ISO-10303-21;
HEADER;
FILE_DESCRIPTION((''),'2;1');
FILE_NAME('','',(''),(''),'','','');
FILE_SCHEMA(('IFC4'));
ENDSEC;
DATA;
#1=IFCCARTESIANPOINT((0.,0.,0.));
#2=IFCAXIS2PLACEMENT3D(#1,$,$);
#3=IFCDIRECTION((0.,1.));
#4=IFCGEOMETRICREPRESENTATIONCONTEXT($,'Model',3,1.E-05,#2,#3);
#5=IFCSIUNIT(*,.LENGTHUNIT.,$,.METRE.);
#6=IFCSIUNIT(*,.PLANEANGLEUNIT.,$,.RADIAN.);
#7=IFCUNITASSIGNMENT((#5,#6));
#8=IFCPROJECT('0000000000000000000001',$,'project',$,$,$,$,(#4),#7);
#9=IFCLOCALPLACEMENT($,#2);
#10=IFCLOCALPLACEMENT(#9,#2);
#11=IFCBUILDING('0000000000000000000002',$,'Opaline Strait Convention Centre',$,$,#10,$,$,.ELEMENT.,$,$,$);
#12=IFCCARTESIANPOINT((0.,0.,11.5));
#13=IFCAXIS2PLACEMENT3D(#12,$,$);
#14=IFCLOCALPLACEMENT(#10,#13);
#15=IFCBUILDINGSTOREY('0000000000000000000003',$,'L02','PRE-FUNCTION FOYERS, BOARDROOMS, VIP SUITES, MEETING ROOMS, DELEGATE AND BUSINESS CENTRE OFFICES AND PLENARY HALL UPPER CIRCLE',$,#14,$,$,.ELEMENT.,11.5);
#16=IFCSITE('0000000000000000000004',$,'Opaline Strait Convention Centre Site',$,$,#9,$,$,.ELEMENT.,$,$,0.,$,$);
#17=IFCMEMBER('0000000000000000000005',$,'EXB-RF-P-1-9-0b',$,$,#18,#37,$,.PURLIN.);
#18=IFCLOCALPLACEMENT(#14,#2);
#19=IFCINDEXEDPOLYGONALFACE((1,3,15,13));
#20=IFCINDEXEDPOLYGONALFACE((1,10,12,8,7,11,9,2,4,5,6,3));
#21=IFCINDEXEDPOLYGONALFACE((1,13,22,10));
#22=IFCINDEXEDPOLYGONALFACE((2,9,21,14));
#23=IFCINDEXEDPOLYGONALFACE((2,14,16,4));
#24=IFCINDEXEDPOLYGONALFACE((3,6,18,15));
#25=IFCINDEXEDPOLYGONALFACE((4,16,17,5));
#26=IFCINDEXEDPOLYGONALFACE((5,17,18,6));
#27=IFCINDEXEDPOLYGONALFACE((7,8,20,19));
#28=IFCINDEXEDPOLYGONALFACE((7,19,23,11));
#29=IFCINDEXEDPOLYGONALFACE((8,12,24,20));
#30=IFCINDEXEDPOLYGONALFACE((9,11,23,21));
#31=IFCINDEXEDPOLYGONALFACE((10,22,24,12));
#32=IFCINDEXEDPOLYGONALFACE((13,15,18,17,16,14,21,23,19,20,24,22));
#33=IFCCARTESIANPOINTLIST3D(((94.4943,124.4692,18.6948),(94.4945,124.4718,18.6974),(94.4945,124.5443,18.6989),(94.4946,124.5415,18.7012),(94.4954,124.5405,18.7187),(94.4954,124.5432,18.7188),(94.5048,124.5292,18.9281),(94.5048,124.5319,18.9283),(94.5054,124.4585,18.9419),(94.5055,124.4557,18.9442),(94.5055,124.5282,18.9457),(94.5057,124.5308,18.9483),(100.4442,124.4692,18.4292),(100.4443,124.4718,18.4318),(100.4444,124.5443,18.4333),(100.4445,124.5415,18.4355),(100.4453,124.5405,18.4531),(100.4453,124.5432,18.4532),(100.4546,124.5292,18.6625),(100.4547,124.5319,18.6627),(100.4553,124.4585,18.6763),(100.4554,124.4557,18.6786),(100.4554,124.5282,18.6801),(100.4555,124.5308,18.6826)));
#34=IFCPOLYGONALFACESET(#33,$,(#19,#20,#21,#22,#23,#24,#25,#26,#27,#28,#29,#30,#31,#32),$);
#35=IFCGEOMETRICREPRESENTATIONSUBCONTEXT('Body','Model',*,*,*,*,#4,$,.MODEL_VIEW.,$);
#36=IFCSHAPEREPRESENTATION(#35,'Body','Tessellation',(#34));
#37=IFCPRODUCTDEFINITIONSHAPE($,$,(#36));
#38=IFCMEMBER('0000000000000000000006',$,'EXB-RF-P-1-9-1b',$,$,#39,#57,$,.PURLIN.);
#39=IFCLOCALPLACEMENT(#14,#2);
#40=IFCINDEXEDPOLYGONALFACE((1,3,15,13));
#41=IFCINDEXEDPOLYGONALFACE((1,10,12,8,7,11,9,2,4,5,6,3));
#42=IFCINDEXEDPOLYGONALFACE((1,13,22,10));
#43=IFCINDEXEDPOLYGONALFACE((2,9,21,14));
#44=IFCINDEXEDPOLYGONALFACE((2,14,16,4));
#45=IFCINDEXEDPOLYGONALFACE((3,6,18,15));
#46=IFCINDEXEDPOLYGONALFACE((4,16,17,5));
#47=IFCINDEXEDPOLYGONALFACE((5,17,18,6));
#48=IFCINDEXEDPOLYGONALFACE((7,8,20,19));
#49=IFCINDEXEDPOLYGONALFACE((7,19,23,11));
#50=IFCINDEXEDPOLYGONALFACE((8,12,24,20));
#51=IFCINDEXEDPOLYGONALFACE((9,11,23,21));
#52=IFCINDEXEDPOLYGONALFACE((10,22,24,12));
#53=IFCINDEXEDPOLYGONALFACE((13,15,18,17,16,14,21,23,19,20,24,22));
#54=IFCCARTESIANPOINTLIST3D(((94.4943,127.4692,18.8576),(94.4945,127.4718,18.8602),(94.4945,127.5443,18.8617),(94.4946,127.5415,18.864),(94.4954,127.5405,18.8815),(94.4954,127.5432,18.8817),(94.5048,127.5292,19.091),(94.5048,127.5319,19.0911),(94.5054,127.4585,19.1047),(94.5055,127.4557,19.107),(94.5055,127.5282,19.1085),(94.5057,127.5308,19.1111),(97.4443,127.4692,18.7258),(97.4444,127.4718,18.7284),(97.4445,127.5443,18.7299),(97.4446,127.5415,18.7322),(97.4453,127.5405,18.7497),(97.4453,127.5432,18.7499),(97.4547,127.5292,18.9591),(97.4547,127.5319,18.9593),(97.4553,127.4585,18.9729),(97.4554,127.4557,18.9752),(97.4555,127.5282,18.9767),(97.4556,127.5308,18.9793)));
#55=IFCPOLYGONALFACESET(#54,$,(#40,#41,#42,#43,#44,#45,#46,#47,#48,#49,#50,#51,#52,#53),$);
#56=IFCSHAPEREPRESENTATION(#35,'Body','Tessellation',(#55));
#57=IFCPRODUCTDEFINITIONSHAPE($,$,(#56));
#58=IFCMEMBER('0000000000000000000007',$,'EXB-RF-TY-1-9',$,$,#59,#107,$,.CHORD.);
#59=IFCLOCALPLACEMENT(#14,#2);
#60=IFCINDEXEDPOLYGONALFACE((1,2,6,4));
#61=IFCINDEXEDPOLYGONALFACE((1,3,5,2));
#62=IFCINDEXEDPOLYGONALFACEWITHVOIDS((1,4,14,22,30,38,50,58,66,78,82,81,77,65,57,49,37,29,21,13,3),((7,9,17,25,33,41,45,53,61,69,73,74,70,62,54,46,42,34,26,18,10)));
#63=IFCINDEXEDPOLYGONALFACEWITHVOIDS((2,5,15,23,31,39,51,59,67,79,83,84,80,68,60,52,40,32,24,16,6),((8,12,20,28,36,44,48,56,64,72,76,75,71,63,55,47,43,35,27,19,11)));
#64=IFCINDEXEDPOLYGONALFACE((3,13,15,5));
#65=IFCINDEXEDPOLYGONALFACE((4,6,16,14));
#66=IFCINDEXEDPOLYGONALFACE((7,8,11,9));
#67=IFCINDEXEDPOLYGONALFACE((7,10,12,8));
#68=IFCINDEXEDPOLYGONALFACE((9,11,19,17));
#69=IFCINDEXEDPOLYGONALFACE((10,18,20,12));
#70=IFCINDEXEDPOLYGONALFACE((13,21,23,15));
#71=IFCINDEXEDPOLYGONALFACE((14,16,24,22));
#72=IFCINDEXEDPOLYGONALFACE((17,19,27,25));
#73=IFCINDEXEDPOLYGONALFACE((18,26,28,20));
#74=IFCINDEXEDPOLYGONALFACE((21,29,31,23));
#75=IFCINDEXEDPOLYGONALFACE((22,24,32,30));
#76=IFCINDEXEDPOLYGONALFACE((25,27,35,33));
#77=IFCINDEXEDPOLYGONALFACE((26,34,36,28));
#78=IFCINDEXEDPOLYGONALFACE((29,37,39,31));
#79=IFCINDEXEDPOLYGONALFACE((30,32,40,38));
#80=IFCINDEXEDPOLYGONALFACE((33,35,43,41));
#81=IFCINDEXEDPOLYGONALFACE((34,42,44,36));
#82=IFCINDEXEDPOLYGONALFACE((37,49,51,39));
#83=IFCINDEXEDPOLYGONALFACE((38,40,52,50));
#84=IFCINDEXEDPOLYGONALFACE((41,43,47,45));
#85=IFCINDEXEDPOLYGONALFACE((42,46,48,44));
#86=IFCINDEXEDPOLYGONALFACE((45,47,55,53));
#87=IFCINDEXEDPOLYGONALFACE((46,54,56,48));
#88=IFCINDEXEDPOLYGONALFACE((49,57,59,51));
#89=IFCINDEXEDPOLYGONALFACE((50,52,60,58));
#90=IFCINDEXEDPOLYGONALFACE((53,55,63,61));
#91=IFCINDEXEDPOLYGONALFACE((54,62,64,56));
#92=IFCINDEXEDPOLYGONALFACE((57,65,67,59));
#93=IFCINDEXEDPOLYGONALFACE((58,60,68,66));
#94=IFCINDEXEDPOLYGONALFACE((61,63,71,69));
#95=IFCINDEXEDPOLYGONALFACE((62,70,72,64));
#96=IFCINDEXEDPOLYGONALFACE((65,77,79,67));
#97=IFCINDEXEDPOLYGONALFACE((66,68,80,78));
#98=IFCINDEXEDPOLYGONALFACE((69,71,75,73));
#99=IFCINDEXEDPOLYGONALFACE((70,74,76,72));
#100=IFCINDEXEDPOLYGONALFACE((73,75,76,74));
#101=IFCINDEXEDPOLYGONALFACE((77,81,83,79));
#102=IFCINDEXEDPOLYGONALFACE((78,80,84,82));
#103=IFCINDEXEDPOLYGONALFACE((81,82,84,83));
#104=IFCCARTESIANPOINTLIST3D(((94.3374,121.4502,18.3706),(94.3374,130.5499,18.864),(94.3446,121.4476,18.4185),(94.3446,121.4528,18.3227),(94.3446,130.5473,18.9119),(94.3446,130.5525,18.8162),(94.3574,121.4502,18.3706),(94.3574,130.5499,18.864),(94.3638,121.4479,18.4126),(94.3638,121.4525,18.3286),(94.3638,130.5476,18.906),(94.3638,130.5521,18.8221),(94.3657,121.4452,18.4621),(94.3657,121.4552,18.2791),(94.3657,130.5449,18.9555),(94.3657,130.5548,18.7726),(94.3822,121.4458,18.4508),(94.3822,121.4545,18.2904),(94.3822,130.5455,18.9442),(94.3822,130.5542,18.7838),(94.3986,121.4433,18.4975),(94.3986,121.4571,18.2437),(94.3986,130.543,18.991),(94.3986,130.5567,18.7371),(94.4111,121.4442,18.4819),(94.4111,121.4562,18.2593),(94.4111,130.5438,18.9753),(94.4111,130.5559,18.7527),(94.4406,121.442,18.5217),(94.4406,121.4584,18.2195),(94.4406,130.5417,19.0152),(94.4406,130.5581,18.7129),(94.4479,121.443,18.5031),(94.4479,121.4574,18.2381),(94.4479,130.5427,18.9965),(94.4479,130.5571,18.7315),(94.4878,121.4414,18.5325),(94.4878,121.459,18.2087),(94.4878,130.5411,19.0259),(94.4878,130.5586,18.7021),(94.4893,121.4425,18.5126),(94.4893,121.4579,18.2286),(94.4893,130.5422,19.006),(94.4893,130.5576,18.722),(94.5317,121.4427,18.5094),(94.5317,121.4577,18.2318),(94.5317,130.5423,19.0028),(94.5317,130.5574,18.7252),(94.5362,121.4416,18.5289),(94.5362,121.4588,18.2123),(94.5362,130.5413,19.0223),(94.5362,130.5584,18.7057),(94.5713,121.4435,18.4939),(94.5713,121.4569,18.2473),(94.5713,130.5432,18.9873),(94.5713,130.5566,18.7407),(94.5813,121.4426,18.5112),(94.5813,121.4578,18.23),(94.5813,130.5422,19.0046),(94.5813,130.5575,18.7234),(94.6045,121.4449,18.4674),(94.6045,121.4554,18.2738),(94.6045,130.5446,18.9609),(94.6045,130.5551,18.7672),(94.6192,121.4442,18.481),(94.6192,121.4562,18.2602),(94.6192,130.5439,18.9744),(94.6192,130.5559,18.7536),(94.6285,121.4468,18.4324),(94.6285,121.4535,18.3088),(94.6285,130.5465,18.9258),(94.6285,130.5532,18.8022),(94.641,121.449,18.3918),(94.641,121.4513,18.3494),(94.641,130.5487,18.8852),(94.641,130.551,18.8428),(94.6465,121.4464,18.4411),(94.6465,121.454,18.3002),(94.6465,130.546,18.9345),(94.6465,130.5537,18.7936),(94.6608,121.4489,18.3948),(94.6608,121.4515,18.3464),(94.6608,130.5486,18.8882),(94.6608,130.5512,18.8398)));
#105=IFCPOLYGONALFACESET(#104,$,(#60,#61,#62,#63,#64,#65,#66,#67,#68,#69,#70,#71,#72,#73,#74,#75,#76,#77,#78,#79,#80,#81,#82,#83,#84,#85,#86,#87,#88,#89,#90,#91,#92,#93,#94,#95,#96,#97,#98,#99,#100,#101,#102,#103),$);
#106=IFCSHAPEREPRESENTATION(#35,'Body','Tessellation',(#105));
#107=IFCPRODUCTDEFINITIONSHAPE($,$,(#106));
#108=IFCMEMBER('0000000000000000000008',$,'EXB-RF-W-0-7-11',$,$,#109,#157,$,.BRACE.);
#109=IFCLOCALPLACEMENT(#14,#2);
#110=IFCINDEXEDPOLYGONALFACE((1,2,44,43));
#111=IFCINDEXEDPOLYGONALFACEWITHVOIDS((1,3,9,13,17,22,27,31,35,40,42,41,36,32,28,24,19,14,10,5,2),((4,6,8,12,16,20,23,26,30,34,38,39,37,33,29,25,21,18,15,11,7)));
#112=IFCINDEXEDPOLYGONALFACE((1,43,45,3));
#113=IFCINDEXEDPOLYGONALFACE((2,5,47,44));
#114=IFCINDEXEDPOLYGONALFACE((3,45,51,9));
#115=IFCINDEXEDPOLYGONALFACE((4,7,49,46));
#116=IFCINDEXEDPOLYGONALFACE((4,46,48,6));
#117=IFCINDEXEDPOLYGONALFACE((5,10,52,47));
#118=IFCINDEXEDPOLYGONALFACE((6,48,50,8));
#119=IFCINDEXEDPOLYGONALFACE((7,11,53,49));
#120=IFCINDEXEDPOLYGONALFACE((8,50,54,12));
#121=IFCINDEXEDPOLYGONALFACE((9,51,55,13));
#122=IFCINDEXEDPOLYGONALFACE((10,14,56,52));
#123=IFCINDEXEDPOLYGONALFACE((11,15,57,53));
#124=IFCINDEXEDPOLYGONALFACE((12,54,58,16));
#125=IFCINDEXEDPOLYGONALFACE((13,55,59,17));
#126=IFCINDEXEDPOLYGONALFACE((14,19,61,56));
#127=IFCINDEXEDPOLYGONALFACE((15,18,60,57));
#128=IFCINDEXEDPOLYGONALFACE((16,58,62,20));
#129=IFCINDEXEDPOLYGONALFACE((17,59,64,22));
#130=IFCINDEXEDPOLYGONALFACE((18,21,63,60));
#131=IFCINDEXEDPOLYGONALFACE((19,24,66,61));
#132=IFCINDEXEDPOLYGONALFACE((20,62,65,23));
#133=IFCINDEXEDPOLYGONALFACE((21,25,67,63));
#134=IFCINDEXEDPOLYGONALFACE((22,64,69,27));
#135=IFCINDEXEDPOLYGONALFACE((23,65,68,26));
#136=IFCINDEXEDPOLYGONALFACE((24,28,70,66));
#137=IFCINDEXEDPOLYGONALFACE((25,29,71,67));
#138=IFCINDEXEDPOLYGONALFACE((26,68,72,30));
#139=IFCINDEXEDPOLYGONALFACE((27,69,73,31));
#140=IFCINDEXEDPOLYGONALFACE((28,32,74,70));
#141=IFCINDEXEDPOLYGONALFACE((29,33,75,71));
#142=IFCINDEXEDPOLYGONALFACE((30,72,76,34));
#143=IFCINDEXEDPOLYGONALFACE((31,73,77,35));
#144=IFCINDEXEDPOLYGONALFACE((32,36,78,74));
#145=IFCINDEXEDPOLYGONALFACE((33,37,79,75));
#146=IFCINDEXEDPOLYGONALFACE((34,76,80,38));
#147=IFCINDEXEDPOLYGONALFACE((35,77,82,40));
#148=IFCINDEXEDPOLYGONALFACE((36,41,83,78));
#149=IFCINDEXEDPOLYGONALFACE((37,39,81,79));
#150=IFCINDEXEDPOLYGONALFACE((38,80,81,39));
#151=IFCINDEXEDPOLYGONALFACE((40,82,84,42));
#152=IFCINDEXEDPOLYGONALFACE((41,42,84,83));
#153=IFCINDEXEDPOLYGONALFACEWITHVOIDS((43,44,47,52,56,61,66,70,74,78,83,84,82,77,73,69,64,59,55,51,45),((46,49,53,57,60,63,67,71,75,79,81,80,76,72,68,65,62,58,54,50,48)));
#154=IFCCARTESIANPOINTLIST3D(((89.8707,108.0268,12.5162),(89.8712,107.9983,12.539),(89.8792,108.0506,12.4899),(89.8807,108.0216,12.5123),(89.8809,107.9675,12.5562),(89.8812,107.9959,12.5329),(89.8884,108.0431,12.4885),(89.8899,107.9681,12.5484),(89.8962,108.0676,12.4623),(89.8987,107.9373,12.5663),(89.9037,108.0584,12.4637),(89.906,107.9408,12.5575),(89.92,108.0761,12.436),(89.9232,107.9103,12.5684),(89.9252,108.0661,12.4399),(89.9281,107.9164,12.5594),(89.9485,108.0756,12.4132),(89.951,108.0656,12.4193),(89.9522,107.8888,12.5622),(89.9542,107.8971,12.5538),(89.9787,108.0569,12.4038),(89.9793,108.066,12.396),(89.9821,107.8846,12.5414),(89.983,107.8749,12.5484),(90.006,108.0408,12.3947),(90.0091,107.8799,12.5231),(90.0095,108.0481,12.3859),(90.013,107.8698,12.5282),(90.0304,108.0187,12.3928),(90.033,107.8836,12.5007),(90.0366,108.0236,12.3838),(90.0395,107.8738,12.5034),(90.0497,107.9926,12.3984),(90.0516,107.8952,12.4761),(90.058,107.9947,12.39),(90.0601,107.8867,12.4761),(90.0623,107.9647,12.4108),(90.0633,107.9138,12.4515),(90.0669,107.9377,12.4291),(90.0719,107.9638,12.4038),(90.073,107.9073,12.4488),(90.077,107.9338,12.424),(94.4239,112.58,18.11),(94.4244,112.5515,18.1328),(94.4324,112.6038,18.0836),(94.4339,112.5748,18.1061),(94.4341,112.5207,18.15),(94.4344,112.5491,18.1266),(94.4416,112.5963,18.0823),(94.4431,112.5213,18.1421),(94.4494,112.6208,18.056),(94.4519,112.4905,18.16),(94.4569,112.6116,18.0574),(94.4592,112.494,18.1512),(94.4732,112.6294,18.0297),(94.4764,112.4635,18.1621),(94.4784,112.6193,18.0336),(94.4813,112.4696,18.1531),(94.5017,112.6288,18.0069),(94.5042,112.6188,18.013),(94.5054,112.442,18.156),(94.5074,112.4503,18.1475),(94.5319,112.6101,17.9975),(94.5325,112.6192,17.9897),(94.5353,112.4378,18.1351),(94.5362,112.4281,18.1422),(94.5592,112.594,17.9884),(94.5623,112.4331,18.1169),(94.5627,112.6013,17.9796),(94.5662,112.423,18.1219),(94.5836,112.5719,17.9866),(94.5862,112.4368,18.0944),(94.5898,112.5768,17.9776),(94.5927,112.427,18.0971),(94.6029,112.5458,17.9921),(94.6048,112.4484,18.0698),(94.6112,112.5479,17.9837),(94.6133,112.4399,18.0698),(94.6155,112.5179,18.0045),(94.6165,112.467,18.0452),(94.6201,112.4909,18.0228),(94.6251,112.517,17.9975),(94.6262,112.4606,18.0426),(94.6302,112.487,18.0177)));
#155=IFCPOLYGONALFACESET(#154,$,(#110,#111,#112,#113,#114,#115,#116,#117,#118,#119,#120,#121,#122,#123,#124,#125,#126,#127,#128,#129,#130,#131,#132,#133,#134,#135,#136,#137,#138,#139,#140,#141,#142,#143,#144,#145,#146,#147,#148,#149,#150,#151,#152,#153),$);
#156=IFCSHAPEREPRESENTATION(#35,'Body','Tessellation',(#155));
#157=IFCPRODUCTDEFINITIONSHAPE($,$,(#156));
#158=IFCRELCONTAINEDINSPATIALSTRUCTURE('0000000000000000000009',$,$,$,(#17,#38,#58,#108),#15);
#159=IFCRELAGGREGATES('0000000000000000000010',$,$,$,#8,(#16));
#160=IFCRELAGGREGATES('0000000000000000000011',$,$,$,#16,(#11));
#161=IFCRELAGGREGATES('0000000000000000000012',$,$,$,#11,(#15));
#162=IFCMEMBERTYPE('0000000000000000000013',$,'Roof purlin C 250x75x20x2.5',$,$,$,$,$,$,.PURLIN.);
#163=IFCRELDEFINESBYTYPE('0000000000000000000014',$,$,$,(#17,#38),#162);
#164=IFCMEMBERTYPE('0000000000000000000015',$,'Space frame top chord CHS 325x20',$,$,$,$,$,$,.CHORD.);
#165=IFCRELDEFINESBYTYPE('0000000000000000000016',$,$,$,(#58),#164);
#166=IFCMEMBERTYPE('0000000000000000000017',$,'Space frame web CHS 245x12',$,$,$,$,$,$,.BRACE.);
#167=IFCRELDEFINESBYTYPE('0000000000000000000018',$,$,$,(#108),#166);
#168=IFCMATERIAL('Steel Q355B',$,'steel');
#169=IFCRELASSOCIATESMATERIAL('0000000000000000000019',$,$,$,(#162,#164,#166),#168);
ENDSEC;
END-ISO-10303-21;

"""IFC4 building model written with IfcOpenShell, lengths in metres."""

from ifc_helpers import new_model, si_unit, direction, frame, origin, origin_2d, place, context, subcontext, project, spatial, polyline, hollow_circle, outline, extrude, material, material_profile, profile_set, type_object, element, save


model = new_model("IFC4")

# Units and contexts
model_context = context("Model", 3, precision=1e-05, world=origin(), true_north=direction((0.0, 1.0)))
body_context = subcontext(model_context, "Body", "Model", "MODEL_VIEW")
ifc_project = project(units=[si_unit("LENGTHUNIT", "METRE"), si_unit("PLANEANGLEUNIT", "RADIAN")], contexts=[model_context])

# Site, building, storey
site_placement = place(None, origin())
site = spatial("IfcSite", under=ifc_project, at=site_placement, Name="Opaline Strait Convention Centre Site", CompositionType="ELEMENT", RefElevation=0.0)
building_placement = place(site_placement, origin())
building = spatial("IfcBuilding", under=site, at=building_placement, Name="Opaline Strait Convention Centre", CompositionType="ELEMENT")
storey_placement = place(building_placement, frame((0.0, 0.0, 11.5)))
storey = spatial("IfcBuildingStorey", under=building, at=storey_placement, Name="L02", Description="PRE-FUNCTION FOYERS, BOARDROOMS, VIP SUITES, MEETING ROOMS, DELEGATE AND BUSINESS CENTRE OFFICES AND PLENARY HALL UPPER CIRCLE", CompositionType="ELEMENT", Elevation=11.5)

# Members
ifc_material_1 = material(Name="Steel Q355B", Category="steel")
ifc_material_profile_1 = material_profile(ifc_material_1, outline(polyline([(-0.0376, -0.125), (0.0376, -0.125), (0.0376, -0.105), (0.0349, -0.105), (0.0349, -0.1226), (-0.0349, -0.1226), (-0.0349, 0.1226), (0.0349, 0.1226), (0.0349, 0.105), (0.0376, 0.105), (0.0376, 0.125), (-0.0376, 0.125), (-0.0376, -0.125)])), Name="C 250x75x20x2.5")
ifc_profile_set_1 = profile_set([ifc_material_profile_1], Name="Steel Q355B")
member_type_1 = type_object("IfcMemberType", Name="Roof purlin C 250x75x20x2.5", PredefinedType="PURLIN", material=ifc_profile_set_1)
member_1_placement = place(storey_placement, frame((94.5, 124.5, 18.8215), z_axis=(0.999005, 0.0, -0.044599), x_axis=(0.002414, 0.998534, 0.054074)))
element("IfcMember", 1, at=member_1_placement, inside=storey, type_object=member_type_1, Name="EXB-RF-P-1-9-0b", PredefinedType="PURLIN", context=body_context, shape_type="SweptSolid", body=[
    extrude(outline(polyline([(-0.0376, -0.125), (0.0376, -0.125), (0.0376, -0.105), (0.0349, -0.105), (0.0349, -0.1226), (-0.0349, -0.1226), (-0.0349, 0.1226), (0.0349, 0.1226), (0.0349, 0.105), (0.0376, 0.105), (0.0376, 0.125), (-0.0376, 0.125), (-0.0376, -0.125)])), origin(), (0.0, 0.0, 1.0), 5.9558),
])
member_2_placement = place(storey_placement, frame((94.5, 127.5, 18.9844), z_axis=(0.999003, 0.0, -0.044646), x_axis=(0.002417, 0.998534, 0.054074)))
element("IfcMember", 2, at=member_2_placement, inside=storey, type_object=member_type_1, Name="EXB-RF-P-1-9-1b", PredefinedType="PURLIN", context=body_context, shape_type="SweptSolid", body=[
    extrude(outline(polyline([(-0.0376, -0.125), (0.0376, -0.125), (0.0376, -0.105), (0.0349, -0.105), (0.0349, -0.1226), (-0.0349, -0.1226), (-0.0349, 0.1226), (0.0349, 0.1226), (0.0349, 0.105), (0.0376, 0.105), (0.0376, 0.125), (-0.0376, 0.125), (-0.0376, -0.125)])), origin(), (0.0, 0.0, 1.0), 2.9529),
])
ifc_material_profile_2 = material_profile(ifc_material_1, hollow_circle(Radius=0.1626, WallThickness=0.02, at=origin_2d()), Name="CHS 325x20")
ifc_profile_set_2 = profile_set([ifc_material_profile_2], Name="Steel Q355B")
member_type_2 = type_object("IfcMemberType", Name="Space frame top chord CHS 325x20", PredefinedType="CHORD", material=ifc_profile_set_2)
member_3_placement = place(storey_placement, frame((94.5, 121.4502, 18.3706), z_axis=(0.0, 0.998533, 0.054143), x_axis=(-1.0, 0.0, 0.0)))
element("IfcMember", 3, at=member_3_placement, inside=storey, type_object=member_type_2, Name="EXB-RF-TY-1-9", PredefinedType="CHORD", context=body_context, shape_type="SweptSolid", body=[
    extrude(hollow_circle(Radius=0.1626, WallThickness=0.02, at=origin_2d()), origin(), (0.0, 0.0, 1.0), 9.113),
])
ifc_material_profile_3 = material_profile(ifc_material_1, hollow_circle(Radius=0.1226, WallThickness=0.012, at=origin_2d()), Name="CHS 245x12")
ifc_profile_set_3 = profile_set([ifc_material_profile_3], Name="Steel Q355B")
member_type_3 = type_object("IfcMemberType", Name="Space frame web CHS 245x12", PredefinedType="BRACE", material=ifc_profile_set_3)
member_4_placement = place(storey_placement, frame((94.5266, 112.5266, 18.0698), z_axis=(-0.533816, -0.533816, -0.655806), x_axis=(0.707107, -0.707107, 0.0)))
element("IfcMember", 4, at=member_4_placement, inside=storey, type_object=member_type_3, Name="EXB-RF-W-0-7-11", PredefinedType="BRACE", context=body_context, shape_type="SweptSolid", body=[
    extrude(hollow_circle(Radius=0.1226, WallThickness=0.012, at=origin_2d()), origin(), (0.0, 0.0, 1.0), 8.5295),
])

save(model, "model.ifc")
